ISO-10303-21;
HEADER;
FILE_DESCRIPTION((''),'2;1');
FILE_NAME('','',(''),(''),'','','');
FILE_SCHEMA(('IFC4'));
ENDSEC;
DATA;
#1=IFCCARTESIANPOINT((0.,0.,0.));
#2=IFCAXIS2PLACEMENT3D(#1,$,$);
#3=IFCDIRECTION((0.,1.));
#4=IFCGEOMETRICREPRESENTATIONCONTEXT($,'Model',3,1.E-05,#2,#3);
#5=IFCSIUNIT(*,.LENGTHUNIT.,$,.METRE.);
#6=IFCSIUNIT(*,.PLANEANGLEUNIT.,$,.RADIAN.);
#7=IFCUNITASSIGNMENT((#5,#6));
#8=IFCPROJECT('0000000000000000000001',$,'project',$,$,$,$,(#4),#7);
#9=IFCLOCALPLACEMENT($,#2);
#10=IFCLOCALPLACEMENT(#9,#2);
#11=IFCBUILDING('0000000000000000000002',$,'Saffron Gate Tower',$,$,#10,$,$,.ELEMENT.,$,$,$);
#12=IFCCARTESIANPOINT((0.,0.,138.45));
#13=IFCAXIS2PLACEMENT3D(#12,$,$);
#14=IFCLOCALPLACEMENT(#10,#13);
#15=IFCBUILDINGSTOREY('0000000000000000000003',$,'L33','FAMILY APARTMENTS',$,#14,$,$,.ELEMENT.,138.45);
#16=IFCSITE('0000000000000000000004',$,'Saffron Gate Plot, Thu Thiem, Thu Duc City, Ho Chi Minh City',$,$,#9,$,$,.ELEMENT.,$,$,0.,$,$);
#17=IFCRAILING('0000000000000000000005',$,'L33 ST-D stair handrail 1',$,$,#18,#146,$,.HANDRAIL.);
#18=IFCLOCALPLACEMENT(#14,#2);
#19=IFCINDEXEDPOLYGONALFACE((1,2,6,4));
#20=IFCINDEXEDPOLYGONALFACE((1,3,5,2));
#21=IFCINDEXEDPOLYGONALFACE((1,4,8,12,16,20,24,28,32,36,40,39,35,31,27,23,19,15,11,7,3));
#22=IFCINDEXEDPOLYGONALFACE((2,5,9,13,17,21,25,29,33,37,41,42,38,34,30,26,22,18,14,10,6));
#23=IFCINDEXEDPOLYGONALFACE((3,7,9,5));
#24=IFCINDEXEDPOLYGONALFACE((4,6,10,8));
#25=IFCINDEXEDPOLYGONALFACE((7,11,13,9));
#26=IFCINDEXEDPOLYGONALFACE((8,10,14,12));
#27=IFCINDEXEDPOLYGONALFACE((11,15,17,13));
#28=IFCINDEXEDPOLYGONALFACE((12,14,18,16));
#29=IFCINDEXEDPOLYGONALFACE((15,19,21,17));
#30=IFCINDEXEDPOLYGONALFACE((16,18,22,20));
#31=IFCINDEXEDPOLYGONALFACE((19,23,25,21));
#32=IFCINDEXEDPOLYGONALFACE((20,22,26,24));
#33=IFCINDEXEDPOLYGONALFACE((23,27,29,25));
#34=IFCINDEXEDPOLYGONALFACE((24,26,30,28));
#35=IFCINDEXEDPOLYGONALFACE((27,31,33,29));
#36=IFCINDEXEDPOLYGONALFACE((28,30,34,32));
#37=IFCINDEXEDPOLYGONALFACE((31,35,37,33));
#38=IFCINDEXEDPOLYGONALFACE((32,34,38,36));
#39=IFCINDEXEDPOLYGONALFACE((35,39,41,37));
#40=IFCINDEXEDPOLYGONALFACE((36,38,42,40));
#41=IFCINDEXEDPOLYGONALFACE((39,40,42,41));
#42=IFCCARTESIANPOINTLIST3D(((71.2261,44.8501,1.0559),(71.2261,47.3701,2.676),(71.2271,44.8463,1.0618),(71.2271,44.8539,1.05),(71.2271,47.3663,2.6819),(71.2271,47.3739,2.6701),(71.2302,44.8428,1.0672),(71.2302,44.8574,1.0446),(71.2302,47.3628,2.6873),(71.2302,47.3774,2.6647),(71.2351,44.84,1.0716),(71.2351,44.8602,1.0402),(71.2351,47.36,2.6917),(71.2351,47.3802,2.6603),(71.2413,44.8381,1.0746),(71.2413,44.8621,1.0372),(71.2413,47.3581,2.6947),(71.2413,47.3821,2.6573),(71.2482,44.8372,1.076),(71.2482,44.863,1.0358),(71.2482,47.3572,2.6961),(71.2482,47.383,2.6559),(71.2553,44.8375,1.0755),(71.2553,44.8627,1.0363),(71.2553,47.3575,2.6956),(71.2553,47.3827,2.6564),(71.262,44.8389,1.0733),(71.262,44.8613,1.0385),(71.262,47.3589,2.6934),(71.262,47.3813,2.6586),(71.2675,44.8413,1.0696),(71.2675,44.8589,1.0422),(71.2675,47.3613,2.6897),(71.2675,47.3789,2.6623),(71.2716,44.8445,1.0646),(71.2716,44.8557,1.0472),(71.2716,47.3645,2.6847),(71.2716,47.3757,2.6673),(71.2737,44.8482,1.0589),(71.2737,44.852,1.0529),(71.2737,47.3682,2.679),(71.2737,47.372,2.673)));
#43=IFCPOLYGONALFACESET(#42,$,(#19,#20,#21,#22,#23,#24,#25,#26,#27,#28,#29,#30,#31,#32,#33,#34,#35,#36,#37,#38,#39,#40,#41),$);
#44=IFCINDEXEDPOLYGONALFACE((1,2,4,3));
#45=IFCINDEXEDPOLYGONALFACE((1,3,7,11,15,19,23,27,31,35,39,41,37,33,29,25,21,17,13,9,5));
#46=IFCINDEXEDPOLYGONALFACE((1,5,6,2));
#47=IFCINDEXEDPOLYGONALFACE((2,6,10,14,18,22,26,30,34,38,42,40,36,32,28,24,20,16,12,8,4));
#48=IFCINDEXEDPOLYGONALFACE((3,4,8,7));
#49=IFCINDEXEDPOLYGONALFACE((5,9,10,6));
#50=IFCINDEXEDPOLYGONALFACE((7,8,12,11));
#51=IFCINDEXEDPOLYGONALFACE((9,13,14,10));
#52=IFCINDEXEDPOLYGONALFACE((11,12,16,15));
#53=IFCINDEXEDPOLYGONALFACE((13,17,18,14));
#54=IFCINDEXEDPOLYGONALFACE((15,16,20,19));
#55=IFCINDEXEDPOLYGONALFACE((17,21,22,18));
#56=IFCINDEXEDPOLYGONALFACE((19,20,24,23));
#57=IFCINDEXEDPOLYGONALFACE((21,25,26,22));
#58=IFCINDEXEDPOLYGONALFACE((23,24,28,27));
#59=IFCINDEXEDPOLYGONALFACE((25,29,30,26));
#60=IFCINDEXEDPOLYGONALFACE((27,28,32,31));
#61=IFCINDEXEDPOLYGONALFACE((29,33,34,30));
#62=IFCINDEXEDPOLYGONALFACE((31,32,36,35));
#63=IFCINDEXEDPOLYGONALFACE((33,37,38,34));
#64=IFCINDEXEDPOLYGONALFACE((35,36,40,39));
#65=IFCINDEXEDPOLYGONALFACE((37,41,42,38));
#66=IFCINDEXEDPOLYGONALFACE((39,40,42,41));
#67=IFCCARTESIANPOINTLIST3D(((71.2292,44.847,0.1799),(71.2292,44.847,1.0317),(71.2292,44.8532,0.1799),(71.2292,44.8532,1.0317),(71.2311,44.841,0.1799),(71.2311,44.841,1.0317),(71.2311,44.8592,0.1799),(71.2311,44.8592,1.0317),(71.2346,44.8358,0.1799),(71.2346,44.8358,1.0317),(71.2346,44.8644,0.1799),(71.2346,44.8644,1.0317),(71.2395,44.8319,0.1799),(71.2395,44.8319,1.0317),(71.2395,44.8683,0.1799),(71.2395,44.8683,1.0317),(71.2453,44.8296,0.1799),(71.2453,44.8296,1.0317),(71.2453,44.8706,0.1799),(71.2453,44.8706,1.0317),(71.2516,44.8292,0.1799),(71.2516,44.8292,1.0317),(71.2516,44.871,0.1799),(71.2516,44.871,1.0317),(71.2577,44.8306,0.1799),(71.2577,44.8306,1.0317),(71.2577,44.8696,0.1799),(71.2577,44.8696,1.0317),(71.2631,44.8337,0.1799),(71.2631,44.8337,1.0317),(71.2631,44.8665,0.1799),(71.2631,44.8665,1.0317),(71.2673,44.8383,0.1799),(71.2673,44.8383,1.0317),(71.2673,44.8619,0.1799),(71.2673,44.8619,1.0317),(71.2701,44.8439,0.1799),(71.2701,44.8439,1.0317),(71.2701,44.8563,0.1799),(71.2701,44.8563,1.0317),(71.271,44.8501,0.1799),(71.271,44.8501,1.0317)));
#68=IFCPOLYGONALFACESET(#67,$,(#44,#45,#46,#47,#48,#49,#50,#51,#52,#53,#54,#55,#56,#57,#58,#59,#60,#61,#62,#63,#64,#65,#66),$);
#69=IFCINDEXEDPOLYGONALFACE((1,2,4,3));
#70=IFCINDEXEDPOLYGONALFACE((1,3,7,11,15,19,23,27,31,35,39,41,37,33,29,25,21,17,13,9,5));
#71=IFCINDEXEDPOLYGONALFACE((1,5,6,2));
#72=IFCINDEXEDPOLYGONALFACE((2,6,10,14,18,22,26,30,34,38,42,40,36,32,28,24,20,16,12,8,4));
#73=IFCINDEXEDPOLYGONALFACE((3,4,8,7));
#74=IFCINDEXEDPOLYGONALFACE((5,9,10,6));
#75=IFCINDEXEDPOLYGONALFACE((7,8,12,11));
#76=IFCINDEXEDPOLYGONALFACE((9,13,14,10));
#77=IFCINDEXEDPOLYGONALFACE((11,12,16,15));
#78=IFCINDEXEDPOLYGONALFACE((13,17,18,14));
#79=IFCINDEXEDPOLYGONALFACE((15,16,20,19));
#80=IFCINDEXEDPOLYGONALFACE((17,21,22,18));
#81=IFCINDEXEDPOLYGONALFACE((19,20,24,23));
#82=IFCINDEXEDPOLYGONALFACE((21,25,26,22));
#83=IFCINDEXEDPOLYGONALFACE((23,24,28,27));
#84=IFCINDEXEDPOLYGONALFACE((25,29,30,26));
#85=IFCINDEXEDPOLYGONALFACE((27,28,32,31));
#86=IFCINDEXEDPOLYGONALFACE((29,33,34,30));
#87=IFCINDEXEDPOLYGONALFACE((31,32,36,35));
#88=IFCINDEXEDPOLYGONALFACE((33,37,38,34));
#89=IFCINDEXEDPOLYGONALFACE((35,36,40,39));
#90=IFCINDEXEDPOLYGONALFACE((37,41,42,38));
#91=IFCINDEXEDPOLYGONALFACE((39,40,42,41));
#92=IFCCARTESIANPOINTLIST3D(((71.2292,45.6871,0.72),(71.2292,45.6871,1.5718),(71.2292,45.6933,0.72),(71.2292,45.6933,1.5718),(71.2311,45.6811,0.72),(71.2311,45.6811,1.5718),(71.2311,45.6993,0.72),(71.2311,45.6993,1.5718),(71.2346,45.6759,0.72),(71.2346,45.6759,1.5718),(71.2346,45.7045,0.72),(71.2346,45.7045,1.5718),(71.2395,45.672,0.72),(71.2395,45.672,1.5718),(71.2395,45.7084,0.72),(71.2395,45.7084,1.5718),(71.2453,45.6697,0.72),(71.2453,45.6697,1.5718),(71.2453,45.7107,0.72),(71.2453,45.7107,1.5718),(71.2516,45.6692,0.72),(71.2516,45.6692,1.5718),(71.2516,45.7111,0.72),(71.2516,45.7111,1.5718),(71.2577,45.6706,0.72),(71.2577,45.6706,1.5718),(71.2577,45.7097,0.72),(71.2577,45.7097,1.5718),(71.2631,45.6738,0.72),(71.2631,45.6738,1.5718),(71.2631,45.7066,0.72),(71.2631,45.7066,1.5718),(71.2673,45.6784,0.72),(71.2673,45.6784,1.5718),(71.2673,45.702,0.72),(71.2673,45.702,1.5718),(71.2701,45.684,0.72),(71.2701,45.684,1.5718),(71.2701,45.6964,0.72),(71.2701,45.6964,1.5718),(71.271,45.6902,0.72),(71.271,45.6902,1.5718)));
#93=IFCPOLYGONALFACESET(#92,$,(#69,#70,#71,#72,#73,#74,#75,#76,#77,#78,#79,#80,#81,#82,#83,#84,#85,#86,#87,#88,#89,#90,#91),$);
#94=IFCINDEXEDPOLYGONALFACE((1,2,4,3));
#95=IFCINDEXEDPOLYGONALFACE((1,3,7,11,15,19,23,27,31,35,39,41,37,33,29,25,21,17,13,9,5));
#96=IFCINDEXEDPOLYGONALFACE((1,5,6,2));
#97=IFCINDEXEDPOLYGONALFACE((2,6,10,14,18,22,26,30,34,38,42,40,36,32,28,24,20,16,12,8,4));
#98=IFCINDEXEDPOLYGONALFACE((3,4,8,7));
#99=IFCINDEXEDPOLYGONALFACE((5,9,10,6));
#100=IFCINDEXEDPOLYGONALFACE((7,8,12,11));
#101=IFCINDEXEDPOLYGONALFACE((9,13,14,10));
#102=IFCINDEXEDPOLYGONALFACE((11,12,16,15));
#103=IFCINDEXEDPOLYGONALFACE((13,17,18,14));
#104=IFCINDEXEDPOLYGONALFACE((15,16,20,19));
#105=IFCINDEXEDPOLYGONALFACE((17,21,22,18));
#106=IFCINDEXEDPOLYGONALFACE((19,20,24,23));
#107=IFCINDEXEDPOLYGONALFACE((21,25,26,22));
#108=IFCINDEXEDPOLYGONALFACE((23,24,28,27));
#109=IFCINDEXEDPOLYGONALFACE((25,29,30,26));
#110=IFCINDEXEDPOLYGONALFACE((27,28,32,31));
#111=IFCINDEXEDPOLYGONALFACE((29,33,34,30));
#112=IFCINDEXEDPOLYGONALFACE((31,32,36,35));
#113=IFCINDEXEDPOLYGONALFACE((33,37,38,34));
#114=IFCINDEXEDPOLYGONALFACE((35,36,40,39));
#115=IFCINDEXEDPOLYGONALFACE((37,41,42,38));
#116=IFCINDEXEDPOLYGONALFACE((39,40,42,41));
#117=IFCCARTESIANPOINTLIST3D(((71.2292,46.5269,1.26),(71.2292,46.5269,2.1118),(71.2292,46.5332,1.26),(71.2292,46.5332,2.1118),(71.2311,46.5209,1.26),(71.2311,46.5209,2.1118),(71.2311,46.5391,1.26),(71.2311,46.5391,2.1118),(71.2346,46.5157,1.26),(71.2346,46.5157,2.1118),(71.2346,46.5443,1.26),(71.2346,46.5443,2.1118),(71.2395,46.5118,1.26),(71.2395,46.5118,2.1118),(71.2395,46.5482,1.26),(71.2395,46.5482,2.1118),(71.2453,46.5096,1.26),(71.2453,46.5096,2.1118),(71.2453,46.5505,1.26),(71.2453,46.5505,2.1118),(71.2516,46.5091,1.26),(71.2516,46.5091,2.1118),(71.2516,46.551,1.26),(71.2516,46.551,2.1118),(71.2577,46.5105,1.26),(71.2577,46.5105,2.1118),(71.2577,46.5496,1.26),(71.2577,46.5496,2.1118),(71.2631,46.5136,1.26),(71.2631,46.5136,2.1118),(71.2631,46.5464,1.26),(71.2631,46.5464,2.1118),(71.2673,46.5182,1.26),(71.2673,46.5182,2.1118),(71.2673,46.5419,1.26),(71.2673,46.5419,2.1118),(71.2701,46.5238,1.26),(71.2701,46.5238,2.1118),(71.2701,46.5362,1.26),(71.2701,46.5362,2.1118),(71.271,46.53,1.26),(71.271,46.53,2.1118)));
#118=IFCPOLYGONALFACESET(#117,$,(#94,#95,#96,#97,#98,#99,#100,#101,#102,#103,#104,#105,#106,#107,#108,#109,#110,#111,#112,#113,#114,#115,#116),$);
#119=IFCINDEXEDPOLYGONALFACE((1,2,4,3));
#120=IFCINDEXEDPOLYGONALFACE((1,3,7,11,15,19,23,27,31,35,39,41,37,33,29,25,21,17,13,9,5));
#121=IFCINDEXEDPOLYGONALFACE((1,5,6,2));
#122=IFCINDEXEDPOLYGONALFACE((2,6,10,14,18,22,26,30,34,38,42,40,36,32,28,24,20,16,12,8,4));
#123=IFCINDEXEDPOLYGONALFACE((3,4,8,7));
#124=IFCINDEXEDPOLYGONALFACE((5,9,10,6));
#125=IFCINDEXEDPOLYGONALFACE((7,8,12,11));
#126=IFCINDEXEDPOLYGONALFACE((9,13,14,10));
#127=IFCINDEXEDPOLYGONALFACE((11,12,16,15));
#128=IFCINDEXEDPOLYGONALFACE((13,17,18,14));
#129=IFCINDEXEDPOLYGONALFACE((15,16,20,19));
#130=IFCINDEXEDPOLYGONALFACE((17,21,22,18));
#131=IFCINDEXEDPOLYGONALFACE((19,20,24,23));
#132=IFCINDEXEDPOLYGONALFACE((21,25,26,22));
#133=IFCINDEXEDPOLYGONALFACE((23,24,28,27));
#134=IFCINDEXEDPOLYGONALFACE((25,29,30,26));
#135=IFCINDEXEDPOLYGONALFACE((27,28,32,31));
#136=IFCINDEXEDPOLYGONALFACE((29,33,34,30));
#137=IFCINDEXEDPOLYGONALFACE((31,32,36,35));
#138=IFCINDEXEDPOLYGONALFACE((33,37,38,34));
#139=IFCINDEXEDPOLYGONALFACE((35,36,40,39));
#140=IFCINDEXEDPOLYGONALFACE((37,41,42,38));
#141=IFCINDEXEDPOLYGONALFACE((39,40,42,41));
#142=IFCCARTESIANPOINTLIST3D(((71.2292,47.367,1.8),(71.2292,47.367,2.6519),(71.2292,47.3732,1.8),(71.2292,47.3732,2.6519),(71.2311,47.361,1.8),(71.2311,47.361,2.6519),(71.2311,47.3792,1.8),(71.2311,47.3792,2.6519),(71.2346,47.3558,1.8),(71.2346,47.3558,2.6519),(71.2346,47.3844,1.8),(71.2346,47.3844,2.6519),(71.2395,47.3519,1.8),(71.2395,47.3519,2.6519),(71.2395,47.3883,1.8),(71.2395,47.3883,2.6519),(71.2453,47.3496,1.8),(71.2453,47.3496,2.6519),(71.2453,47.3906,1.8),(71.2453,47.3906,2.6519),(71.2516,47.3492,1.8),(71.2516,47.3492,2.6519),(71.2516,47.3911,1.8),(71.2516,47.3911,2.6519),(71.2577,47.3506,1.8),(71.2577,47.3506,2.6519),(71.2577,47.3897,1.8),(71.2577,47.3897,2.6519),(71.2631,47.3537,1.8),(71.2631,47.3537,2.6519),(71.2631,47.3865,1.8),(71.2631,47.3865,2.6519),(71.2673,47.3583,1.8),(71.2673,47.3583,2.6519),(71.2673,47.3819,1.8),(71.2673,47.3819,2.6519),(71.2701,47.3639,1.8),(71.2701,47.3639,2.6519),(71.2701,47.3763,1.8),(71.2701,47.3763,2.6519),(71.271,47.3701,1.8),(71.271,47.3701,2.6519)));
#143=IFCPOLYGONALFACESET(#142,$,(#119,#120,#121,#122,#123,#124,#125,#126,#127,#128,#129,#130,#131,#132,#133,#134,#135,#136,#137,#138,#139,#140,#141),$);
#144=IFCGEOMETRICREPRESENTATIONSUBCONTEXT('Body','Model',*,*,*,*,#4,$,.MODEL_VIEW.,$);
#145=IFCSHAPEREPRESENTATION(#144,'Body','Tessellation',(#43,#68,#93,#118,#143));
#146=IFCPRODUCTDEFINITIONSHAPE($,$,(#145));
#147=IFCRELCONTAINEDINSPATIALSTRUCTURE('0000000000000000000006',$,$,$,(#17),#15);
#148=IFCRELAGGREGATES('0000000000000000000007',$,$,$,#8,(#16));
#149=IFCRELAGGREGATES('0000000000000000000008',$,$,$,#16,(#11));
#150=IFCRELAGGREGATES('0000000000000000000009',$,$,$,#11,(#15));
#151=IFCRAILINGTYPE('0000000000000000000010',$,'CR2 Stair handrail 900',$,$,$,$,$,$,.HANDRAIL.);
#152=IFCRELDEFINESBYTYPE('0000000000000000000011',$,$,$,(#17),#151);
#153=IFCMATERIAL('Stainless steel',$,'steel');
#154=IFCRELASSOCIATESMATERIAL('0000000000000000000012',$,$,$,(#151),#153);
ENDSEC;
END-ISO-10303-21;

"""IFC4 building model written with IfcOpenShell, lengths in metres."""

from ifc_helpers import new_model, si_unit, direction, frame, origin, origin_2d, place, context, subcontext, project, spatial, circle, extrude, material, type_object, element, save


model = new_model("IFC4")

# Units and contexts
model_context = context("Model", 3, precision=1e-05, world=origin(), true_north=direction((0.0, 1.0)))
body_context = subcontext(model_context, "Body", "Model", "MODEL_VIEW")
ifc_project = project(units=[si_unit("LENGTHUNIT", "METRE"), si_unit("PLANEANGLEUNIT", "RADIAN")], contexts=[model_context])

# Site, building, storey
site_placement = place(None, origin())
site = spatial("IfcSite", under=ifc_project, at=site_placement, Name="Saffron Gate Plot, Thu Thiem, Thu Duc City, Ho Chi Minh City", CompositionType="ELEMENT", RefElevation=0.0)
building_placement = place(site_placement, origin())
building = spatial("IfcBuilding", under=site, at=building_placement, Name="Saffron Gate Tower", CompositionType="ELEMENT")
storey_placement = place(building_placement, frame((0.0, 0.0, 138.45)))
storey = spatial("IfcBuildingStorey", under=building, at=storey_placement, Name="L33", Description="FAMILY APARTMENTS", CompositionType="ELEMENT", Elevation=138.45)

# Railing
ifc_material_1 = material(Name="Stainless steel", Category="steel")
railing_type_1 = type_object("IfcRailingType", Name="CR2 Stair handrail 900", PredefinedType="HANDRAIL", material=ifc_material_1)
railing_1_placement = place(storey_placement, frame((71.25, 44.8501, 0.1799)))
element("IfcRailing", 1, at=railing_1_placement, inside=storey, type_object=railing_type_1, Name="L33 ST-D stair handrail 1", PredefinedType="HANDRAIL", context=body_context, shape_type="SweptSolid", body=[
    extrude(circle(Radius=0.0239, at=origin_2d()), frame((0.0, 0.0, 0.876), z_axis=(0.0, 0.841163, 0.540782), x_axis=(-1.0, 0.0, 0.0)), (0.0, 0.0, 1.0), 2.9958),
    extrude(circle(Radius=0.021, at=origin_2d()), origin(), (0.0, 0.0, 1.0), 0.8518),
    extrude(circle(Radius=0.021, at=origin_2d()), frame((0.0, 0.8401, 0.54)), (0.0, 0.0, 1.0), 0.8518),
    extrude(circle(Radius=0.021, at=origin_2d()), frame((0.0, 1.6799, 1.0801)), (0.0, 0.0, 1.0), 0.8518),
    extrude(circle(Radius=0.021, at=origin_2d()), frame((0.0, 2.52, 1.6201)), (0.0, 0.0, 1.0), 0.8518),
])

save(model, "model.ifc")
